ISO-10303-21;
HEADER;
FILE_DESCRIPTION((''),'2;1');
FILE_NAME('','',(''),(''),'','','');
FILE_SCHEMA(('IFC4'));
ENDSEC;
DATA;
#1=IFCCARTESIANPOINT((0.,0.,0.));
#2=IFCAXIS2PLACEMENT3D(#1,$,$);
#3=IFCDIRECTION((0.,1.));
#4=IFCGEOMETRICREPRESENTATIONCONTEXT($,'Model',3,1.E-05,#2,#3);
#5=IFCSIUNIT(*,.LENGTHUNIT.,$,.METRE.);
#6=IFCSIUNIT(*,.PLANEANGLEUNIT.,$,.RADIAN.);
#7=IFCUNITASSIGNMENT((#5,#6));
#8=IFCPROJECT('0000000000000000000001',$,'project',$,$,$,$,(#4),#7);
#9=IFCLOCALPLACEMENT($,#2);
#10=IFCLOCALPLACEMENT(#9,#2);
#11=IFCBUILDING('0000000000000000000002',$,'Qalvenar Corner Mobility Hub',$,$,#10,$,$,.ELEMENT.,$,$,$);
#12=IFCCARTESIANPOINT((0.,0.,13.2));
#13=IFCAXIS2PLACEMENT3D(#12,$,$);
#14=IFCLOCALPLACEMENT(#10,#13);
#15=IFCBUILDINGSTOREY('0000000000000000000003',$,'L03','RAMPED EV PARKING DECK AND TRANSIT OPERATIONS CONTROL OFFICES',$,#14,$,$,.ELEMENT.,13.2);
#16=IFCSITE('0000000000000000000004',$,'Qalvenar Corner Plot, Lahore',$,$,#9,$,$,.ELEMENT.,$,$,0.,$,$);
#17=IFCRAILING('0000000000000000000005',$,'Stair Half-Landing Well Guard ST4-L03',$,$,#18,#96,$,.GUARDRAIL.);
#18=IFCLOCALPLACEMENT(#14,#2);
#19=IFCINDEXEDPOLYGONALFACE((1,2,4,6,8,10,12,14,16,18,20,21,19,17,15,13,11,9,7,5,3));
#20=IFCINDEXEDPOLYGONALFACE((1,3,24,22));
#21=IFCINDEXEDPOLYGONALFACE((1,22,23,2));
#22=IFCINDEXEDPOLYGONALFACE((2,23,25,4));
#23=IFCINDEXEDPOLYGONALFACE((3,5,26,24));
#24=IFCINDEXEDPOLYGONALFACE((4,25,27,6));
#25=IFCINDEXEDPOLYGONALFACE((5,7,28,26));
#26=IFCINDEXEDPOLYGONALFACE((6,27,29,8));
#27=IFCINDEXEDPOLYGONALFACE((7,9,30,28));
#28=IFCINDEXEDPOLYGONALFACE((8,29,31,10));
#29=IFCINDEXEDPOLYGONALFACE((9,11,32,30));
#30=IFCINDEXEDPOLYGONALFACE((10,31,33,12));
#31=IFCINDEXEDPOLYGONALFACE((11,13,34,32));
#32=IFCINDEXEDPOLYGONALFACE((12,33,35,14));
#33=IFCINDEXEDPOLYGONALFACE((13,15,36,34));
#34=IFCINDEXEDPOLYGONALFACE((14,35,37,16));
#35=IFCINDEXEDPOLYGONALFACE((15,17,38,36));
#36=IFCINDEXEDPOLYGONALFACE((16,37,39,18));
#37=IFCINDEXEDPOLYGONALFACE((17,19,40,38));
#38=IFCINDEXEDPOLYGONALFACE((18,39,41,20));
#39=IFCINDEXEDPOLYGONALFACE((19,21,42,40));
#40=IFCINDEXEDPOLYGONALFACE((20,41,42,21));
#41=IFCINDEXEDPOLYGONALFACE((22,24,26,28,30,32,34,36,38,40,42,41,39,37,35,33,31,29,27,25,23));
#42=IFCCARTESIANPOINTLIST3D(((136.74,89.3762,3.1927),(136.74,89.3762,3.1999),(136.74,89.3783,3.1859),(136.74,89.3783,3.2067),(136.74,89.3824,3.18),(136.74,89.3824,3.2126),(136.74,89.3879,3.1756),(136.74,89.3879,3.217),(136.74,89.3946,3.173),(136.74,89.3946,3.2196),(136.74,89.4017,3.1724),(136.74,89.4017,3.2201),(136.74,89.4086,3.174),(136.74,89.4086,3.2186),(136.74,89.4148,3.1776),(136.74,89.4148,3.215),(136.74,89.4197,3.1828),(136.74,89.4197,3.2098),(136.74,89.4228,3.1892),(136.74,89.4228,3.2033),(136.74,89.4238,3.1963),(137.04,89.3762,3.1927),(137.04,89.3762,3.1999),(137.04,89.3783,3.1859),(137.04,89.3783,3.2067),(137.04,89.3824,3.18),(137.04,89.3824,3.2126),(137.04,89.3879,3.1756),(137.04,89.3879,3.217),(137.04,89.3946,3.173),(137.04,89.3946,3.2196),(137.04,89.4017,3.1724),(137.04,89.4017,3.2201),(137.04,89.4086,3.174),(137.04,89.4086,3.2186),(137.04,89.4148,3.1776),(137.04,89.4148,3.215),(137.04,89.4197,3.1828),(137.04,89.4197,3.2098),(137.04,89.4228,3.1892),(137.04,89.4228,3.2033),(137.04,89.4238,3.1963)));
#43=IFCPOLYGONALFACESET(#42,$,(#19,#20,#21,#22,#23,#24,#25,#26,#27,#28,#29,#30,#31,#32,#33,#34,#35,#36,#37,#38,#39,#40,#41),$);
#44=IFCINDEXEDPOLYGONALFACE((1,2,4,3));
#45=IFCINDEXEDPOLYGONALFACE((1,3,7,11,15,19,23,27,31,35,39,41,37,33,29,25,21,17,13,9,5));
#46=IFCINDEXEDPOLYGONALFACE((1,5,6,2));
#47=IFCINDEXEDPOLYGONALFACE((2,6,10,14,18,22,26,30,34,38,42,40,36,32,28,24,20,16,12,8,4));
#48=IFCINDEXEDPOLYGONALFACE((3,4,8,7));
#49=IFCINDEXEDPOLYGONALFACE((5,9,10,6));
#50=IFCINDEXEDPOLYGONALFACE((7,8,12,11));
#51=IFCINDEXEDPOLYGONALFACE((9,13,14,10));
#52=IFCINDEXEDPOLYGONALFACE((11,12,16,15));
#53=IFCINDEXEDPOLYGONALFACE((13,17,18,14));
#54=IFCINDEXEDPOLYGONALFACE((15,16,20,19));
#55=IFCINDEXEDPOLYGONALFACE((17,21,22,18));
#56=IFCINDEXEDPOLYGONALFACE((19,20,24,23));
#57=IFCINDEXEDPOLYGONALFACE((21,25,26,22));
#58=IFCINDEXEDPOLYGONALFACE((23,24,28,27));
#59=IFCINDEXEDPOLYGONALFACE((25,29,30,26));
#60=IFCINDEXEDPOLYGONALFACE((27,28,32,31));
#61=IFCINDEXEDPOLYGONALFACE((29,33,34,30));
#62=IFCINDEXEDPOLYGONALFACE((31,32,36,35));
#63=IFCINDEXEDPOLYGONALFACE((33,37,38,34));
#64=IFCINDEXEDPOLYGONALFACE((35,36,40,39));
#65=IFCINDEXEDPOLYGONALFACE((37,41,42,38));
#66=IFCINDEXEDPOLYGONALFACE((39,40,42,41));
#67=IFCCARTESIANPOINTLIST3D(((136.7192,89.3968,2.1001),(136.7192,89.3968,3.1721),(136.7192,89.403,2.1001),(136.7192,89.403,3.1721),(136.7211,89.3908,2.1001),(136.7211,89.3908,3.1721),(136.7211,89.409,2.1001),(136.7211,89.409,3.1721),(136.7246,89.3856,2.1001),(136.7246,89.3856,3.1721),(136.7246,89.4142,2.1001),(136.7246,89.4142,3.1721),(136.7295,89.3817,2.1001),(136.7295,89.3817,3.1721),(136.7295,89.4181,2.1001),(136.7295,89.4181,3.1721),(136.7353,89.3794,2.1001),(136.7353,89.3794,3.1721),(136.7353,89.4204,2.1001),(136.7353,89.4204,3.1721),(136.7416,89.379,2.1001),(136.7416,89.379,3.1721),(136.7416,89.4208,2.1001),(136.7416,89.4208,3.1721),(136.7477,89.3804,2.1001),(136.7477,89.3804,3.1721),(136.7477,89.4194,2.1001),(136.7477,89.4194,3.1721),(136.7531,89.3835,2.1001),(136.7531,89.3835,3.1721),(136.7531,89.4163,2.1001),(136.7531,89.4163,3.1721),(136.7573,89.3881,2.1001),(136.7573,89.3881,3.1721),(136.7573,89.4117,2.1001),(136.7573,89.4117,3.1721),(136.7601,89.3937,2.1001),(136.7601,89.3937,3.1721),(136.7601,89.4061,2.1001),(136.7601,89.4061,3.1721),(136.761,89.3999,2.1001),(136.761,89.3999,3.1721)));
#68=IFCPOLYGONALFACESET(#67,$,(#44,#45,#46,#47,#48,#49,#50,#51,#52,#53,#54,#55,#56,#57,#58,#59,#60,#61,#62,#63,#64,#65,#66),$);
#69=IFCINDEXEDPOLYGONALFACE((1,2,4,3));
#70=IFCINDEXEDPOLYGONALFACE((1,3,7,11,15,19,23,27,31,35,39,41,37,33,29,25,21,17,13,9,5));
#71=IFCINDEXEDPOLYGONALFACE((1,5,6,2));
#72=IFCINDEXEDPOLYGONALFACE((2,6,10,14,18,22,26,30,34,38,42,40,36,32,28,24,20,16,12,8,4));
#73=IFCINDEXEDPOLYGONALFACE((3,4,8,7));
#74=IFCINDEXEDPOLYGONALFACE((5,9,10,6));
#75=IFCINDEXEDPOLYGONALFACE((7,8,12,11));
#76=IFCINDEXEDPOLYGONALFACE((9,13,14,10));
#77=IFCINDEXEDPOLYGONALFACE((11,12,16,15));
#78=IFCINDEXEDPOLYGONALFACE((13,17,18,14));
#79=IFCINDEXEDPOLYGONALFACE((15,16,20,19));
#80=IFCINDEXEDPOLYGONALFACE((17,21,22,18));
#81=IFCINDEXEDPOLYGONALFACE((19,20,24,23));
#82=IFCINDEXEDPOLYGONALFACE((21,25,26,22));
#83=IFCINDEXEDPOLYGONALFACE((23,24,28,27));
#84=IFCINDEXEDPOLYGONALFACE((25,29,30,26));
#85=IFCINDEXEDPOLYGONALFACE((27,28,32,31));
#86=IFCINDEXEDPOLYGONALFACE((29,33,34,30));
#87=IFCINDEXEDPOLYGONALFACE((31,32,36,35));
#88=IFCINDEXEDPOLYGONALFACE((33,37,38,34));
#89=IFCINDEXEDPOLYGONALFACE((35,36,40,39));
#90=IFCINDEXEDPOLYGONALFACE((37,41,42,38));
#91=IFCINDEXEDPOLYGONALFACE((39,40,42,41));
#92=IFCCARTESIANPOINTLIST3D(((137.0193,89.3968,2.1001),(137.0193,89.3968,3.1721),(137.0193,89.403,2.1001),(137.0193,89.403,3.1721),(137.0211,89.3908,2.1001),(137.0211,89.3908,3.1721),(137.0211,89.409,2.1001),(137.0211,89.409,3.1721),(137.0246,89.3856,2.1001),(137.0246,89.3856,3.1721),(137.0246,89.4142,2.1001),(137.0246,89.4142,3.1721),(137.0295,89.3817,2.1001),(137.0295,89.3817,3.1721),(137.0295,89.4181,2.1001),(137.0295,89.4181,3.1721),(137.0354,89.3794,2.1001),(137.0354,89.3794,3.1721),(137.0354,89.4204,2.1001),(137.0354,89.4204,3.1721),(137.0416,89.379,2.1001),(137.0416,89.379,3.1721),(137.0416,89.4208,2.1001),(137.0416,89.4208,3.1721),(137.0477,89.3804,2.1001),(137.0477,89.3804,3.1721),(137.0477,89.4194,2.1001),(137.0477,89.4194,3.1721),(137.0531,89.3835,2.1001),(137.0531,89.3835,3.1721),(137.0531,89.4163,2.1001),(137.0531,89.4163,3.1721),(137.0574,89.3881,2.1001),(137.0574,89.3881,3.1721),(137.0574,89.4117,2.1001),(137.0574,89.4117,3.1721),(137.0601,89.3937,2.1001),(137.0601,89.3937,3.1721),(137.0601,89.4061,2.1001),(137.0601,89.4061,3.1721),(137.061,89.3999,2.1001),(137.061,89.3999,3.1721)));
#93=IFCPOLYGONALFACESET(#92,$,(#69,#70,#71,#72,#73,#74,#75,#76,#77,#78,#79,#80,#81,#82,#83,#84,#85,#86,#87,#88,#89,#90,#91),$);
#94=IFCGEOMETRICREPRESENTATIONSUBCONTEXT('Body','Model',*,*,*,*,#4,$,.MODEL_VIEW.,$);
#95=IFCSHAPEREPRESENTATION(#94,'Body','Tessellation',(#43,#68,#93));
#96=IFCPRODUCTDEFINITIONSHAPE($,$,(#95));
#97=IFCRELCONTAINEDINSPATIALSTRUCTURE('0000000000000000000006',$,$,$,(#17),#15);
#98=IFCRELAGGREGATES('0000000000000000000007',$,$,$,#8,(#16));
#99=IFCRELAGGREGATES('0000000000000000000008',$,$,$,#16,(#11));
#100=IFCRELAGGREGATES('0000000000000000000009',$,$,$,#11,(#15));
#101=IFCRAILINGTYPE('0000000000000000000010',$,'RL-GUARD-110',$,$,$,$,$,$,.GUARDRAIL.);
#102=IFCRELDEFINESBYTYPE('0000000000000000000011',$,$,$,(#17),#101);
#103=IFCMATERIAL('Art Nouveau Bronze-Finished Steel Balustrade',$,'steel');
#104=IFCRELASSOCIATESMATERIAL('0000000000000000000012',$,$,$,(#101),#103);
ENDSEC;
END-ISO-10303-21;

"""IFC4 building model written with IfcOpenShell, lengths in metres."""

from ifc_helpers import new_model, si_unit, direction, frame, origin, origin_2d, place, context, subcontext, project, spatial, circle, extrude, material, type_object, element, save


model = new_model("IFC4")

# Units and contexts
model_context = context("Model", 3, precision=1e-05, world=origin(), true_north=direction((0.0, 1.0)))
body_context = subcontext(model_context, "Body", "Model", "MODEL_VIEW")
ifc_project = project(units=[si_unit("LENGTHUNIT", "METRE"), si_unit("PLANEANGLEUNIT", "RADIAN")], contexts=[model_context])

# Site, building, storey
site_placement = place(None, origin())
site = spatial("IfcSite", under=ifc_project, at=site_placement, Name="Qalvenar Corner Plot, Lahore", CompositionType="ELEMENT", RefElevation=0.0)
building_placement = place(site_placement, origin())
building = spatial("IfcBuilding", under=site, at=building_placement, Name="Qalvenar Corner Mobility Hub", CompositionType="ELEMENT")
storey_placement = place(building_placement, frame((0.0, 0.0, 13.2)))
storey = spatial("IfcBuildingStorey", under=building, at=storey_placement, Name="L03", Description="RAMPED EV PARKING DECK AND TRANSIT OPERATIONS CONTROL OFFICES", CompositionType="ELEMENT", Elevation=13.2)

# Railing
ifc_material_1 = material(Name="Art Nouveau Bronze-Finished Steel Balustrade", Category="steel")
railing_type_1 = type_object("IfcRailingType", Name="RL-GUARD-110", PredefinedType="GUARDRAIL", material=ifc_material_1)
for number, where, name in (
    (1, (136.74, 89.3999, 2.1001), "Stair Half-Landing Well Guard ST4-L03"),
):
    element("IfcRailing", number, at=place(storey_placement, frame(where)), inside=storey, type_object=railing_type_1, Name=name, PredefinedType="GUARDRAIL", context=body_context, shape_type="SweptSolid", body=[
        extrude(circle(Radius=0.0239, at=origin_2d()), frame((0.0, 0.0, 1.0962), z_axis=(1.0, 0.0, 0.0), x_axis=(0.0, 1.0, 0.0)), (0.0, 0.0, 1.0), 0.3),
        extrude(circle(Radius=0.021, at=origin_2d()), origin(), (0.0, 0.0, 1.0), 1.072),
        extrude(circle(Radius=0.021, at=origin_2d()), frame((0.3, 0.0, 0.0)), (0.0, 0.0, 1.0), 1.072),
    ])

save(model, "model.ifc")
